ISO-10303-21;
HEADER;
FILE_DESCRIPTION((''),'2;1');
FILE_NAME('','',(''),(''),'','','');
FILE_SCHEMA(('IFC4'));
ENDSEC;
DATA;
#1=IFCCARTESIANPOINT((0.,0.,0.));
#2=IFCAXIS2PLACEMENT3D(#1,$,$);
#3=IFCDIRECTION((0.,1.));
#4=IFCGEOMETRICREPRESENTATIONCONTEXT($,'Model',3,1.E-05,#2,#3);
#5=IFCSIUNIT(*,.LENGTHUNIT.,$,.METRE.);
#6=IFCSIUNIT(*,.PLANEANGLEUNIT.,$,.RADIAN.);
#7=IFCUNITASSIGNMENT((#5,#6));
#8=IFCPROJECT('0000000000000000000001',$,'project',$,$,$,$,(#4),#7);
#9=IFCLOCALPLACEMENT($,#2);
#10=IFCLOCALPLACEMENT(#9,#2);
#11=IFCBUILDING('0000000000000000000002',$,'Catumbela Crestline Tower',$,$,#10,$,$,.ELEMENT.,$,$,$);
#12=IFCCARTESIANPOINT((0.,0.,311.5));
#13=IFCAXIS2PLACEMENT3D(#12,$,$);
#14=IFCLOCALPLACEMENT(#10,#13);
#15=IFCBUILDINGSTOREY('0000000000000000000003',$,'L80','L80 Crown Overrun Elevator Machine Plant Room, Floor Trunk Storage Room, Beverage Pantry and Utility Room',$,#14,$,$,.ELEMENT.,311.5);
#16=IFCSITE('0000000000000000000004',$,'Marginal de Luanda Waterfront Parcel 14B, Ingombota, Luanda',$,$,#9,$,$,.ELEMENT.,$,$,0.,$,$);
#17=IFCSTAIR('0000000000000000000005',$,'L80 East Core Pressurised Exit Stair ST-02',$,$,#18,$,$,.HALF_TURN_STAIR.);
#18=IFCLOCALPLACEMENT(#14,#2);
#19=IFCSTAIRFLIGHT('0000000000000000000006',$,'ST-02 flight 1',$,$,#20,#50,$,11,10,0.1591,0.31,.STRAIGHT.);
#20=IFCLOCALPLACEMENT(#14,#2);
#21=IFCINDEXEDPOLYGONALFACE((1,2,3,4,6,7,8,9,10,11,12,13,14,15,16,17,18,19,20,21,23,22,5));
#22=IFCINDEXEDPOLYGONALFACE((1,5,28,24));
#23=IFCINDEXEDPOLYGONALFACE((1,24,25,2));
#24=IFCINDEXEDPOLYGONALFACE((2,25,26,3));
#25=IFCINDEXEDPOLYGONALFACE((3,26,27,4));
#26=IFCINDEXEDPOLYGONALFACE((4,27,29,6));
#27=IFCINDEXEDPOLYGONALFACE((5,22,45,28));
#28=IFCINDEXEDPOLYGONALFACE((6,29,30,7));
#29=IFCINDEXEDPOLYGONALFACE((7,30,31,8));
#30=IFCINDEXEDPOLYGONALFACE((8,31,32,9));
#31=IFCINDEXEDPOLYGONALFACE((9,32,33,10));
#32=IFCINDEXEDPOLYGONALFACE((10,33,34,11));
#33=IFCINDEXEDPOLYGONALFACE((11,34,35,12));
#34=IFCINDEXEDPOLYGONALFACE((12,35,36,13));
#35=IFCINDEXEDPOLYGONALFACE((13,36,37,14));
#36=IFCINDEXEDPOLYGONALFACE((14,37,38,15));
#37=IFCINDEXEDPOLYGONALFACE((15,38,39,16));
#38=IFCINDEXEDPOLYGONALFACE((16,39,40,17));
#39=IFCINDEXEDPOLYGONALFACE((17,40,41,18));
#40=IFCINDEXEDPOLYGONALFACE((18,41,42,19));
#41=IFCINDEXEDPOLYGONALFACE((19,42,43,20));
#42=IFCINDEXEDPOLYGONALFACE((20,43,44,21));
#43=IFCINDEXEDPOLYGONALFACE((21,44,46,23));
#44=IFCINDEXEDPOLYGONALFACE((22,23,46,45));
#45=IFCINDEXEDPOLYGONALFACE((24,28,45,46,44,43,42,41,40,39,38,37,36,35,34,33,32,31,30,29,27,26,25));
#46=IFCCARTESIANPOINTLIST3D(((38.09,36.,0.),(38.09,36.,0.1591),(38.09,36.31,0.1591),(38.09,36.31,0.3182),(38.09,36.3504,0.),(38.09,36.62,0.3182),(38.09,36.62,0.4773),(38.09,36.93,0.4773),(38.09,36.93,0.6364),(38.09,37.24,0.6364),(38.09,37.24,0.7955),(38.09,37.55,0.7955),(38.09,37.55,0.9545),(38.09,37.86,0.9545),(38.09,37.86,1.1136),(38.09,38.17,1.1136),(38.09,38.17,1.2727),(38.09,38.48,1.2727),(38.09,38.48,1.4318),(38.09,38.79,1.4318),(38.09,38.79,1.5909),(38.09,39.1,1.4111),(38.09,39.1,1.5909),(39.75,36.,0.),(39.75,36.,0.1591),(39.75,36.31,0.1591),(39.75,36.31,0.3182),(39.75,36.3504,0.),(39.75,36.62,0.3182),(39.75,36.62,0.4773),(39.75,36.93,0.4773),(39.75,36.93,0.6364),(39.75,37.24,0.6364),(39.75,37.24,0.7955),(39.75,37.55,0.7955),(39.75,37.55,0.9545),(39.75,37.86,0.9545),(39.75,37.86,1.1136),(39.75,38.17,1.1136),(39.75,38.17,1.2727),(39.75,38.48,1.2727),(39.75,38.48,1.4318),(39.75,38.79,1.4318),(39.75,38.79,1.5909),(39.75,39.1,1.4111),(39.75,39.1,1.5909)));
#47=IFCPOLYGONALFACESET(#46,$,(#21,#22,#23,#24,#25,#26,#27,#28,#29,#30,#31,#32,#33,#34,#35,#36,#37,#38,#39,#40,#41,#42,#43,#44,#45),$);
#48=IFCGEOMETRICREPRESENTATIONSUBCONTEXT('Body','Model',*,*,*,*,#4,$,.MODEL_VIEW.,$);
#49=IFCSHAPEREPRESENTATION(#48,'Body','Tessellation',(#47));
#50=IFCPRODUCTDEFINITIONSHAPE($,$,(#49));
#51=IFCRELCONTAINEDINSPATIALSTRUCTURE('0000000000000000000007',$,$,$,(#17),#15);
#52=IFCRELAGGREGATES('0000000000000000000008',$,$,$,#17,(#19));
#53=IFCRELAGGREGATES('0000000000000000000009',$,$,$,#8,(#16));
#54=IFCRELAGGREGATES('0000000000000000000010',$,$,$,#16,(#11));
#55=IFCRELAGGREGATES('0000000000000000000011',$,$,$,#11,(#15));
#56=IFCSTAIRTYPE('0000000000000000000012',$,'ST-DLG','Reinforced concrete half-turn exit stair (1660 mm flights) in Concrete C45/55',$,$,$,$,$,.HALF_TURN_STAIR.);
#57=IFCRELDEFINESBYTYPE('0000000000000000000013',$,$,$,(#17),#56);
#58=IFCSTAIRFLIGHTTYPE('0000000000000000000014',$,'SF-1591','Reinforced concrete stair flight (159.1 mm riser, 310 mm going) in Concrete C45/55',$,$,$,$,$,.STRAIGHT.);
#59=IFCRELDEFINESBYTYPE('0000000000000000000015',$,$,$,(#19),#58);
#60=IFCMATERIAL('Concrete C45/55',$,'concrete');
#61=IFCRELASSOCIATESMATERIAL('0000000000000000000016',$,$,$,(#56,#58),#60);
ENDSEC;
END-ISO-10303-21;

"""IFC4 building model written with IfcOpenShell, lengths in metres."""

from ifc_helpers import new_model, si_unit, direction, frame, origin, place, context, subcontext, project, spatial, polyline, outline, extrude, material, type_object, element, aggregate, save


model = new_model("IFC4")

# Units and contexts
model_context = context("Model", 3, precision=1e-05, world=origin(), true_north=direction((0.0, 1.0)))
body_context = subcontext(model_context, "Body", "Model", "MODEL_VIEW")
ifc_project = project(units=[si_unit("LENGTHUNIT", "METRE"), si_unit("PLANEANGLEUNIT", "RADIAN")], contexts=[model_context])

# Site, building, storey
site_placement = place(None, origin())
site = spatial("IfcSite", under=ifc_project, at=site_placement, Name="Marginal de Luanda Waterfront Parcel 14B, Ingombota, Luanda", CompositionType="ELEMENT", RefElevation=0.0)
building_placement = place(site_placement, origin())
building = spatial("IfcBuilding", under=site, at=building_placement, Name="Catumbela Crestline Tower", CompositionType="ELEMENT")
storey_placement = place(building_placement, frame((0.0, 0.0, 311.5)))
storey = spatial("IfcBuildingStorey", under=building, at=storey_placement, Name="L80", Description="L80 Crown Overrun Elevator Machine Plant Room, Floor Trunk Storage Room, Beverage Pantry and Utility Room", CompositionType="ELEMENT", Elevation=311.5)

# Stair, stair flight
ifc_material_1 = material(Name="Concrete C45/55", Category="concrete")
stair_type = type_object("IfcStairType", Name="ST-DLG", Description="Reinforced concrete half-turn exit stair (1660 mm flights) in Concrete C45/55", PredefinedType="HALF_TURN_STAIR", material=ifc_material_1)
stair_placement = place(storey_placement, origin())
stair = element("IfcStair", 1, at=stair_placement, inside=storey, type_object=stair_type, Name="L80 East Core Pressurised Exit Stair ST-02", PredefinedType="HALF_TURN_STAIR")
stair_flight_type = type_object("IfcStairFlightType", Name="SF-1591", Description="Reinforced concrete stair flight (159.1 mm riser, 310 mm going) in Concrete C45/55", PredefinedType="STRAIGHT", material=ifc_material_1)
stair_flight_placement = place(storey_placement, frame((38.92, 36.0, 0.0), z_axis=(0.0, 0.0, 1.0), x_axis=(0.0, 1.0, 0.0)))
stair_flight = element("IfcStairFlight", 2, at=stair_flight_placement, type_object=stair_flight_type, Name="ST-02 flight 1", NumberOfRisers=11, NumberOfTreads=10, PredefinedType="STRAIGHT", RiserHeight=0.1591, TreadLength=0.31, context=body_context, shape_type="SweptSolid", body=[
    extrude(outline(polyline([(0.0, 0.0), (0.0, 0.1591), (0.31, 0.1591), (0.31, 0.3182), (0.62, 0.3182), (0.62, 0.4773), (0.93, 0.4773), (0.93, 0.6364), (1.24, 0.6364), (1.24, 0.7955), (1.55, 0.7955), (1.55, 0.9545), (1.86, 0.9545), (1.86, 1.1136), (2.17, 1.1136), (2.17, 1.2727), (2.48, 1.2727), (2.48, 1.4318), (2.79, 1.4318), (2.79, 1.5909), (3.1, 1.5909), (3.1, 1.75), (3.1, 1.4111), (0.3504, 0.0), (0.0, 0.0)])), frame((0.0, 0.83, 0.0), z_axis=(0.0, -1.0, 0.0), x_axis=(1.0, 0.0, 0.0)), (0.0, 0.0, 1.0), 1.66),
])
aggregate(stair, [stair_flight])

save(model, "model.ifc")
